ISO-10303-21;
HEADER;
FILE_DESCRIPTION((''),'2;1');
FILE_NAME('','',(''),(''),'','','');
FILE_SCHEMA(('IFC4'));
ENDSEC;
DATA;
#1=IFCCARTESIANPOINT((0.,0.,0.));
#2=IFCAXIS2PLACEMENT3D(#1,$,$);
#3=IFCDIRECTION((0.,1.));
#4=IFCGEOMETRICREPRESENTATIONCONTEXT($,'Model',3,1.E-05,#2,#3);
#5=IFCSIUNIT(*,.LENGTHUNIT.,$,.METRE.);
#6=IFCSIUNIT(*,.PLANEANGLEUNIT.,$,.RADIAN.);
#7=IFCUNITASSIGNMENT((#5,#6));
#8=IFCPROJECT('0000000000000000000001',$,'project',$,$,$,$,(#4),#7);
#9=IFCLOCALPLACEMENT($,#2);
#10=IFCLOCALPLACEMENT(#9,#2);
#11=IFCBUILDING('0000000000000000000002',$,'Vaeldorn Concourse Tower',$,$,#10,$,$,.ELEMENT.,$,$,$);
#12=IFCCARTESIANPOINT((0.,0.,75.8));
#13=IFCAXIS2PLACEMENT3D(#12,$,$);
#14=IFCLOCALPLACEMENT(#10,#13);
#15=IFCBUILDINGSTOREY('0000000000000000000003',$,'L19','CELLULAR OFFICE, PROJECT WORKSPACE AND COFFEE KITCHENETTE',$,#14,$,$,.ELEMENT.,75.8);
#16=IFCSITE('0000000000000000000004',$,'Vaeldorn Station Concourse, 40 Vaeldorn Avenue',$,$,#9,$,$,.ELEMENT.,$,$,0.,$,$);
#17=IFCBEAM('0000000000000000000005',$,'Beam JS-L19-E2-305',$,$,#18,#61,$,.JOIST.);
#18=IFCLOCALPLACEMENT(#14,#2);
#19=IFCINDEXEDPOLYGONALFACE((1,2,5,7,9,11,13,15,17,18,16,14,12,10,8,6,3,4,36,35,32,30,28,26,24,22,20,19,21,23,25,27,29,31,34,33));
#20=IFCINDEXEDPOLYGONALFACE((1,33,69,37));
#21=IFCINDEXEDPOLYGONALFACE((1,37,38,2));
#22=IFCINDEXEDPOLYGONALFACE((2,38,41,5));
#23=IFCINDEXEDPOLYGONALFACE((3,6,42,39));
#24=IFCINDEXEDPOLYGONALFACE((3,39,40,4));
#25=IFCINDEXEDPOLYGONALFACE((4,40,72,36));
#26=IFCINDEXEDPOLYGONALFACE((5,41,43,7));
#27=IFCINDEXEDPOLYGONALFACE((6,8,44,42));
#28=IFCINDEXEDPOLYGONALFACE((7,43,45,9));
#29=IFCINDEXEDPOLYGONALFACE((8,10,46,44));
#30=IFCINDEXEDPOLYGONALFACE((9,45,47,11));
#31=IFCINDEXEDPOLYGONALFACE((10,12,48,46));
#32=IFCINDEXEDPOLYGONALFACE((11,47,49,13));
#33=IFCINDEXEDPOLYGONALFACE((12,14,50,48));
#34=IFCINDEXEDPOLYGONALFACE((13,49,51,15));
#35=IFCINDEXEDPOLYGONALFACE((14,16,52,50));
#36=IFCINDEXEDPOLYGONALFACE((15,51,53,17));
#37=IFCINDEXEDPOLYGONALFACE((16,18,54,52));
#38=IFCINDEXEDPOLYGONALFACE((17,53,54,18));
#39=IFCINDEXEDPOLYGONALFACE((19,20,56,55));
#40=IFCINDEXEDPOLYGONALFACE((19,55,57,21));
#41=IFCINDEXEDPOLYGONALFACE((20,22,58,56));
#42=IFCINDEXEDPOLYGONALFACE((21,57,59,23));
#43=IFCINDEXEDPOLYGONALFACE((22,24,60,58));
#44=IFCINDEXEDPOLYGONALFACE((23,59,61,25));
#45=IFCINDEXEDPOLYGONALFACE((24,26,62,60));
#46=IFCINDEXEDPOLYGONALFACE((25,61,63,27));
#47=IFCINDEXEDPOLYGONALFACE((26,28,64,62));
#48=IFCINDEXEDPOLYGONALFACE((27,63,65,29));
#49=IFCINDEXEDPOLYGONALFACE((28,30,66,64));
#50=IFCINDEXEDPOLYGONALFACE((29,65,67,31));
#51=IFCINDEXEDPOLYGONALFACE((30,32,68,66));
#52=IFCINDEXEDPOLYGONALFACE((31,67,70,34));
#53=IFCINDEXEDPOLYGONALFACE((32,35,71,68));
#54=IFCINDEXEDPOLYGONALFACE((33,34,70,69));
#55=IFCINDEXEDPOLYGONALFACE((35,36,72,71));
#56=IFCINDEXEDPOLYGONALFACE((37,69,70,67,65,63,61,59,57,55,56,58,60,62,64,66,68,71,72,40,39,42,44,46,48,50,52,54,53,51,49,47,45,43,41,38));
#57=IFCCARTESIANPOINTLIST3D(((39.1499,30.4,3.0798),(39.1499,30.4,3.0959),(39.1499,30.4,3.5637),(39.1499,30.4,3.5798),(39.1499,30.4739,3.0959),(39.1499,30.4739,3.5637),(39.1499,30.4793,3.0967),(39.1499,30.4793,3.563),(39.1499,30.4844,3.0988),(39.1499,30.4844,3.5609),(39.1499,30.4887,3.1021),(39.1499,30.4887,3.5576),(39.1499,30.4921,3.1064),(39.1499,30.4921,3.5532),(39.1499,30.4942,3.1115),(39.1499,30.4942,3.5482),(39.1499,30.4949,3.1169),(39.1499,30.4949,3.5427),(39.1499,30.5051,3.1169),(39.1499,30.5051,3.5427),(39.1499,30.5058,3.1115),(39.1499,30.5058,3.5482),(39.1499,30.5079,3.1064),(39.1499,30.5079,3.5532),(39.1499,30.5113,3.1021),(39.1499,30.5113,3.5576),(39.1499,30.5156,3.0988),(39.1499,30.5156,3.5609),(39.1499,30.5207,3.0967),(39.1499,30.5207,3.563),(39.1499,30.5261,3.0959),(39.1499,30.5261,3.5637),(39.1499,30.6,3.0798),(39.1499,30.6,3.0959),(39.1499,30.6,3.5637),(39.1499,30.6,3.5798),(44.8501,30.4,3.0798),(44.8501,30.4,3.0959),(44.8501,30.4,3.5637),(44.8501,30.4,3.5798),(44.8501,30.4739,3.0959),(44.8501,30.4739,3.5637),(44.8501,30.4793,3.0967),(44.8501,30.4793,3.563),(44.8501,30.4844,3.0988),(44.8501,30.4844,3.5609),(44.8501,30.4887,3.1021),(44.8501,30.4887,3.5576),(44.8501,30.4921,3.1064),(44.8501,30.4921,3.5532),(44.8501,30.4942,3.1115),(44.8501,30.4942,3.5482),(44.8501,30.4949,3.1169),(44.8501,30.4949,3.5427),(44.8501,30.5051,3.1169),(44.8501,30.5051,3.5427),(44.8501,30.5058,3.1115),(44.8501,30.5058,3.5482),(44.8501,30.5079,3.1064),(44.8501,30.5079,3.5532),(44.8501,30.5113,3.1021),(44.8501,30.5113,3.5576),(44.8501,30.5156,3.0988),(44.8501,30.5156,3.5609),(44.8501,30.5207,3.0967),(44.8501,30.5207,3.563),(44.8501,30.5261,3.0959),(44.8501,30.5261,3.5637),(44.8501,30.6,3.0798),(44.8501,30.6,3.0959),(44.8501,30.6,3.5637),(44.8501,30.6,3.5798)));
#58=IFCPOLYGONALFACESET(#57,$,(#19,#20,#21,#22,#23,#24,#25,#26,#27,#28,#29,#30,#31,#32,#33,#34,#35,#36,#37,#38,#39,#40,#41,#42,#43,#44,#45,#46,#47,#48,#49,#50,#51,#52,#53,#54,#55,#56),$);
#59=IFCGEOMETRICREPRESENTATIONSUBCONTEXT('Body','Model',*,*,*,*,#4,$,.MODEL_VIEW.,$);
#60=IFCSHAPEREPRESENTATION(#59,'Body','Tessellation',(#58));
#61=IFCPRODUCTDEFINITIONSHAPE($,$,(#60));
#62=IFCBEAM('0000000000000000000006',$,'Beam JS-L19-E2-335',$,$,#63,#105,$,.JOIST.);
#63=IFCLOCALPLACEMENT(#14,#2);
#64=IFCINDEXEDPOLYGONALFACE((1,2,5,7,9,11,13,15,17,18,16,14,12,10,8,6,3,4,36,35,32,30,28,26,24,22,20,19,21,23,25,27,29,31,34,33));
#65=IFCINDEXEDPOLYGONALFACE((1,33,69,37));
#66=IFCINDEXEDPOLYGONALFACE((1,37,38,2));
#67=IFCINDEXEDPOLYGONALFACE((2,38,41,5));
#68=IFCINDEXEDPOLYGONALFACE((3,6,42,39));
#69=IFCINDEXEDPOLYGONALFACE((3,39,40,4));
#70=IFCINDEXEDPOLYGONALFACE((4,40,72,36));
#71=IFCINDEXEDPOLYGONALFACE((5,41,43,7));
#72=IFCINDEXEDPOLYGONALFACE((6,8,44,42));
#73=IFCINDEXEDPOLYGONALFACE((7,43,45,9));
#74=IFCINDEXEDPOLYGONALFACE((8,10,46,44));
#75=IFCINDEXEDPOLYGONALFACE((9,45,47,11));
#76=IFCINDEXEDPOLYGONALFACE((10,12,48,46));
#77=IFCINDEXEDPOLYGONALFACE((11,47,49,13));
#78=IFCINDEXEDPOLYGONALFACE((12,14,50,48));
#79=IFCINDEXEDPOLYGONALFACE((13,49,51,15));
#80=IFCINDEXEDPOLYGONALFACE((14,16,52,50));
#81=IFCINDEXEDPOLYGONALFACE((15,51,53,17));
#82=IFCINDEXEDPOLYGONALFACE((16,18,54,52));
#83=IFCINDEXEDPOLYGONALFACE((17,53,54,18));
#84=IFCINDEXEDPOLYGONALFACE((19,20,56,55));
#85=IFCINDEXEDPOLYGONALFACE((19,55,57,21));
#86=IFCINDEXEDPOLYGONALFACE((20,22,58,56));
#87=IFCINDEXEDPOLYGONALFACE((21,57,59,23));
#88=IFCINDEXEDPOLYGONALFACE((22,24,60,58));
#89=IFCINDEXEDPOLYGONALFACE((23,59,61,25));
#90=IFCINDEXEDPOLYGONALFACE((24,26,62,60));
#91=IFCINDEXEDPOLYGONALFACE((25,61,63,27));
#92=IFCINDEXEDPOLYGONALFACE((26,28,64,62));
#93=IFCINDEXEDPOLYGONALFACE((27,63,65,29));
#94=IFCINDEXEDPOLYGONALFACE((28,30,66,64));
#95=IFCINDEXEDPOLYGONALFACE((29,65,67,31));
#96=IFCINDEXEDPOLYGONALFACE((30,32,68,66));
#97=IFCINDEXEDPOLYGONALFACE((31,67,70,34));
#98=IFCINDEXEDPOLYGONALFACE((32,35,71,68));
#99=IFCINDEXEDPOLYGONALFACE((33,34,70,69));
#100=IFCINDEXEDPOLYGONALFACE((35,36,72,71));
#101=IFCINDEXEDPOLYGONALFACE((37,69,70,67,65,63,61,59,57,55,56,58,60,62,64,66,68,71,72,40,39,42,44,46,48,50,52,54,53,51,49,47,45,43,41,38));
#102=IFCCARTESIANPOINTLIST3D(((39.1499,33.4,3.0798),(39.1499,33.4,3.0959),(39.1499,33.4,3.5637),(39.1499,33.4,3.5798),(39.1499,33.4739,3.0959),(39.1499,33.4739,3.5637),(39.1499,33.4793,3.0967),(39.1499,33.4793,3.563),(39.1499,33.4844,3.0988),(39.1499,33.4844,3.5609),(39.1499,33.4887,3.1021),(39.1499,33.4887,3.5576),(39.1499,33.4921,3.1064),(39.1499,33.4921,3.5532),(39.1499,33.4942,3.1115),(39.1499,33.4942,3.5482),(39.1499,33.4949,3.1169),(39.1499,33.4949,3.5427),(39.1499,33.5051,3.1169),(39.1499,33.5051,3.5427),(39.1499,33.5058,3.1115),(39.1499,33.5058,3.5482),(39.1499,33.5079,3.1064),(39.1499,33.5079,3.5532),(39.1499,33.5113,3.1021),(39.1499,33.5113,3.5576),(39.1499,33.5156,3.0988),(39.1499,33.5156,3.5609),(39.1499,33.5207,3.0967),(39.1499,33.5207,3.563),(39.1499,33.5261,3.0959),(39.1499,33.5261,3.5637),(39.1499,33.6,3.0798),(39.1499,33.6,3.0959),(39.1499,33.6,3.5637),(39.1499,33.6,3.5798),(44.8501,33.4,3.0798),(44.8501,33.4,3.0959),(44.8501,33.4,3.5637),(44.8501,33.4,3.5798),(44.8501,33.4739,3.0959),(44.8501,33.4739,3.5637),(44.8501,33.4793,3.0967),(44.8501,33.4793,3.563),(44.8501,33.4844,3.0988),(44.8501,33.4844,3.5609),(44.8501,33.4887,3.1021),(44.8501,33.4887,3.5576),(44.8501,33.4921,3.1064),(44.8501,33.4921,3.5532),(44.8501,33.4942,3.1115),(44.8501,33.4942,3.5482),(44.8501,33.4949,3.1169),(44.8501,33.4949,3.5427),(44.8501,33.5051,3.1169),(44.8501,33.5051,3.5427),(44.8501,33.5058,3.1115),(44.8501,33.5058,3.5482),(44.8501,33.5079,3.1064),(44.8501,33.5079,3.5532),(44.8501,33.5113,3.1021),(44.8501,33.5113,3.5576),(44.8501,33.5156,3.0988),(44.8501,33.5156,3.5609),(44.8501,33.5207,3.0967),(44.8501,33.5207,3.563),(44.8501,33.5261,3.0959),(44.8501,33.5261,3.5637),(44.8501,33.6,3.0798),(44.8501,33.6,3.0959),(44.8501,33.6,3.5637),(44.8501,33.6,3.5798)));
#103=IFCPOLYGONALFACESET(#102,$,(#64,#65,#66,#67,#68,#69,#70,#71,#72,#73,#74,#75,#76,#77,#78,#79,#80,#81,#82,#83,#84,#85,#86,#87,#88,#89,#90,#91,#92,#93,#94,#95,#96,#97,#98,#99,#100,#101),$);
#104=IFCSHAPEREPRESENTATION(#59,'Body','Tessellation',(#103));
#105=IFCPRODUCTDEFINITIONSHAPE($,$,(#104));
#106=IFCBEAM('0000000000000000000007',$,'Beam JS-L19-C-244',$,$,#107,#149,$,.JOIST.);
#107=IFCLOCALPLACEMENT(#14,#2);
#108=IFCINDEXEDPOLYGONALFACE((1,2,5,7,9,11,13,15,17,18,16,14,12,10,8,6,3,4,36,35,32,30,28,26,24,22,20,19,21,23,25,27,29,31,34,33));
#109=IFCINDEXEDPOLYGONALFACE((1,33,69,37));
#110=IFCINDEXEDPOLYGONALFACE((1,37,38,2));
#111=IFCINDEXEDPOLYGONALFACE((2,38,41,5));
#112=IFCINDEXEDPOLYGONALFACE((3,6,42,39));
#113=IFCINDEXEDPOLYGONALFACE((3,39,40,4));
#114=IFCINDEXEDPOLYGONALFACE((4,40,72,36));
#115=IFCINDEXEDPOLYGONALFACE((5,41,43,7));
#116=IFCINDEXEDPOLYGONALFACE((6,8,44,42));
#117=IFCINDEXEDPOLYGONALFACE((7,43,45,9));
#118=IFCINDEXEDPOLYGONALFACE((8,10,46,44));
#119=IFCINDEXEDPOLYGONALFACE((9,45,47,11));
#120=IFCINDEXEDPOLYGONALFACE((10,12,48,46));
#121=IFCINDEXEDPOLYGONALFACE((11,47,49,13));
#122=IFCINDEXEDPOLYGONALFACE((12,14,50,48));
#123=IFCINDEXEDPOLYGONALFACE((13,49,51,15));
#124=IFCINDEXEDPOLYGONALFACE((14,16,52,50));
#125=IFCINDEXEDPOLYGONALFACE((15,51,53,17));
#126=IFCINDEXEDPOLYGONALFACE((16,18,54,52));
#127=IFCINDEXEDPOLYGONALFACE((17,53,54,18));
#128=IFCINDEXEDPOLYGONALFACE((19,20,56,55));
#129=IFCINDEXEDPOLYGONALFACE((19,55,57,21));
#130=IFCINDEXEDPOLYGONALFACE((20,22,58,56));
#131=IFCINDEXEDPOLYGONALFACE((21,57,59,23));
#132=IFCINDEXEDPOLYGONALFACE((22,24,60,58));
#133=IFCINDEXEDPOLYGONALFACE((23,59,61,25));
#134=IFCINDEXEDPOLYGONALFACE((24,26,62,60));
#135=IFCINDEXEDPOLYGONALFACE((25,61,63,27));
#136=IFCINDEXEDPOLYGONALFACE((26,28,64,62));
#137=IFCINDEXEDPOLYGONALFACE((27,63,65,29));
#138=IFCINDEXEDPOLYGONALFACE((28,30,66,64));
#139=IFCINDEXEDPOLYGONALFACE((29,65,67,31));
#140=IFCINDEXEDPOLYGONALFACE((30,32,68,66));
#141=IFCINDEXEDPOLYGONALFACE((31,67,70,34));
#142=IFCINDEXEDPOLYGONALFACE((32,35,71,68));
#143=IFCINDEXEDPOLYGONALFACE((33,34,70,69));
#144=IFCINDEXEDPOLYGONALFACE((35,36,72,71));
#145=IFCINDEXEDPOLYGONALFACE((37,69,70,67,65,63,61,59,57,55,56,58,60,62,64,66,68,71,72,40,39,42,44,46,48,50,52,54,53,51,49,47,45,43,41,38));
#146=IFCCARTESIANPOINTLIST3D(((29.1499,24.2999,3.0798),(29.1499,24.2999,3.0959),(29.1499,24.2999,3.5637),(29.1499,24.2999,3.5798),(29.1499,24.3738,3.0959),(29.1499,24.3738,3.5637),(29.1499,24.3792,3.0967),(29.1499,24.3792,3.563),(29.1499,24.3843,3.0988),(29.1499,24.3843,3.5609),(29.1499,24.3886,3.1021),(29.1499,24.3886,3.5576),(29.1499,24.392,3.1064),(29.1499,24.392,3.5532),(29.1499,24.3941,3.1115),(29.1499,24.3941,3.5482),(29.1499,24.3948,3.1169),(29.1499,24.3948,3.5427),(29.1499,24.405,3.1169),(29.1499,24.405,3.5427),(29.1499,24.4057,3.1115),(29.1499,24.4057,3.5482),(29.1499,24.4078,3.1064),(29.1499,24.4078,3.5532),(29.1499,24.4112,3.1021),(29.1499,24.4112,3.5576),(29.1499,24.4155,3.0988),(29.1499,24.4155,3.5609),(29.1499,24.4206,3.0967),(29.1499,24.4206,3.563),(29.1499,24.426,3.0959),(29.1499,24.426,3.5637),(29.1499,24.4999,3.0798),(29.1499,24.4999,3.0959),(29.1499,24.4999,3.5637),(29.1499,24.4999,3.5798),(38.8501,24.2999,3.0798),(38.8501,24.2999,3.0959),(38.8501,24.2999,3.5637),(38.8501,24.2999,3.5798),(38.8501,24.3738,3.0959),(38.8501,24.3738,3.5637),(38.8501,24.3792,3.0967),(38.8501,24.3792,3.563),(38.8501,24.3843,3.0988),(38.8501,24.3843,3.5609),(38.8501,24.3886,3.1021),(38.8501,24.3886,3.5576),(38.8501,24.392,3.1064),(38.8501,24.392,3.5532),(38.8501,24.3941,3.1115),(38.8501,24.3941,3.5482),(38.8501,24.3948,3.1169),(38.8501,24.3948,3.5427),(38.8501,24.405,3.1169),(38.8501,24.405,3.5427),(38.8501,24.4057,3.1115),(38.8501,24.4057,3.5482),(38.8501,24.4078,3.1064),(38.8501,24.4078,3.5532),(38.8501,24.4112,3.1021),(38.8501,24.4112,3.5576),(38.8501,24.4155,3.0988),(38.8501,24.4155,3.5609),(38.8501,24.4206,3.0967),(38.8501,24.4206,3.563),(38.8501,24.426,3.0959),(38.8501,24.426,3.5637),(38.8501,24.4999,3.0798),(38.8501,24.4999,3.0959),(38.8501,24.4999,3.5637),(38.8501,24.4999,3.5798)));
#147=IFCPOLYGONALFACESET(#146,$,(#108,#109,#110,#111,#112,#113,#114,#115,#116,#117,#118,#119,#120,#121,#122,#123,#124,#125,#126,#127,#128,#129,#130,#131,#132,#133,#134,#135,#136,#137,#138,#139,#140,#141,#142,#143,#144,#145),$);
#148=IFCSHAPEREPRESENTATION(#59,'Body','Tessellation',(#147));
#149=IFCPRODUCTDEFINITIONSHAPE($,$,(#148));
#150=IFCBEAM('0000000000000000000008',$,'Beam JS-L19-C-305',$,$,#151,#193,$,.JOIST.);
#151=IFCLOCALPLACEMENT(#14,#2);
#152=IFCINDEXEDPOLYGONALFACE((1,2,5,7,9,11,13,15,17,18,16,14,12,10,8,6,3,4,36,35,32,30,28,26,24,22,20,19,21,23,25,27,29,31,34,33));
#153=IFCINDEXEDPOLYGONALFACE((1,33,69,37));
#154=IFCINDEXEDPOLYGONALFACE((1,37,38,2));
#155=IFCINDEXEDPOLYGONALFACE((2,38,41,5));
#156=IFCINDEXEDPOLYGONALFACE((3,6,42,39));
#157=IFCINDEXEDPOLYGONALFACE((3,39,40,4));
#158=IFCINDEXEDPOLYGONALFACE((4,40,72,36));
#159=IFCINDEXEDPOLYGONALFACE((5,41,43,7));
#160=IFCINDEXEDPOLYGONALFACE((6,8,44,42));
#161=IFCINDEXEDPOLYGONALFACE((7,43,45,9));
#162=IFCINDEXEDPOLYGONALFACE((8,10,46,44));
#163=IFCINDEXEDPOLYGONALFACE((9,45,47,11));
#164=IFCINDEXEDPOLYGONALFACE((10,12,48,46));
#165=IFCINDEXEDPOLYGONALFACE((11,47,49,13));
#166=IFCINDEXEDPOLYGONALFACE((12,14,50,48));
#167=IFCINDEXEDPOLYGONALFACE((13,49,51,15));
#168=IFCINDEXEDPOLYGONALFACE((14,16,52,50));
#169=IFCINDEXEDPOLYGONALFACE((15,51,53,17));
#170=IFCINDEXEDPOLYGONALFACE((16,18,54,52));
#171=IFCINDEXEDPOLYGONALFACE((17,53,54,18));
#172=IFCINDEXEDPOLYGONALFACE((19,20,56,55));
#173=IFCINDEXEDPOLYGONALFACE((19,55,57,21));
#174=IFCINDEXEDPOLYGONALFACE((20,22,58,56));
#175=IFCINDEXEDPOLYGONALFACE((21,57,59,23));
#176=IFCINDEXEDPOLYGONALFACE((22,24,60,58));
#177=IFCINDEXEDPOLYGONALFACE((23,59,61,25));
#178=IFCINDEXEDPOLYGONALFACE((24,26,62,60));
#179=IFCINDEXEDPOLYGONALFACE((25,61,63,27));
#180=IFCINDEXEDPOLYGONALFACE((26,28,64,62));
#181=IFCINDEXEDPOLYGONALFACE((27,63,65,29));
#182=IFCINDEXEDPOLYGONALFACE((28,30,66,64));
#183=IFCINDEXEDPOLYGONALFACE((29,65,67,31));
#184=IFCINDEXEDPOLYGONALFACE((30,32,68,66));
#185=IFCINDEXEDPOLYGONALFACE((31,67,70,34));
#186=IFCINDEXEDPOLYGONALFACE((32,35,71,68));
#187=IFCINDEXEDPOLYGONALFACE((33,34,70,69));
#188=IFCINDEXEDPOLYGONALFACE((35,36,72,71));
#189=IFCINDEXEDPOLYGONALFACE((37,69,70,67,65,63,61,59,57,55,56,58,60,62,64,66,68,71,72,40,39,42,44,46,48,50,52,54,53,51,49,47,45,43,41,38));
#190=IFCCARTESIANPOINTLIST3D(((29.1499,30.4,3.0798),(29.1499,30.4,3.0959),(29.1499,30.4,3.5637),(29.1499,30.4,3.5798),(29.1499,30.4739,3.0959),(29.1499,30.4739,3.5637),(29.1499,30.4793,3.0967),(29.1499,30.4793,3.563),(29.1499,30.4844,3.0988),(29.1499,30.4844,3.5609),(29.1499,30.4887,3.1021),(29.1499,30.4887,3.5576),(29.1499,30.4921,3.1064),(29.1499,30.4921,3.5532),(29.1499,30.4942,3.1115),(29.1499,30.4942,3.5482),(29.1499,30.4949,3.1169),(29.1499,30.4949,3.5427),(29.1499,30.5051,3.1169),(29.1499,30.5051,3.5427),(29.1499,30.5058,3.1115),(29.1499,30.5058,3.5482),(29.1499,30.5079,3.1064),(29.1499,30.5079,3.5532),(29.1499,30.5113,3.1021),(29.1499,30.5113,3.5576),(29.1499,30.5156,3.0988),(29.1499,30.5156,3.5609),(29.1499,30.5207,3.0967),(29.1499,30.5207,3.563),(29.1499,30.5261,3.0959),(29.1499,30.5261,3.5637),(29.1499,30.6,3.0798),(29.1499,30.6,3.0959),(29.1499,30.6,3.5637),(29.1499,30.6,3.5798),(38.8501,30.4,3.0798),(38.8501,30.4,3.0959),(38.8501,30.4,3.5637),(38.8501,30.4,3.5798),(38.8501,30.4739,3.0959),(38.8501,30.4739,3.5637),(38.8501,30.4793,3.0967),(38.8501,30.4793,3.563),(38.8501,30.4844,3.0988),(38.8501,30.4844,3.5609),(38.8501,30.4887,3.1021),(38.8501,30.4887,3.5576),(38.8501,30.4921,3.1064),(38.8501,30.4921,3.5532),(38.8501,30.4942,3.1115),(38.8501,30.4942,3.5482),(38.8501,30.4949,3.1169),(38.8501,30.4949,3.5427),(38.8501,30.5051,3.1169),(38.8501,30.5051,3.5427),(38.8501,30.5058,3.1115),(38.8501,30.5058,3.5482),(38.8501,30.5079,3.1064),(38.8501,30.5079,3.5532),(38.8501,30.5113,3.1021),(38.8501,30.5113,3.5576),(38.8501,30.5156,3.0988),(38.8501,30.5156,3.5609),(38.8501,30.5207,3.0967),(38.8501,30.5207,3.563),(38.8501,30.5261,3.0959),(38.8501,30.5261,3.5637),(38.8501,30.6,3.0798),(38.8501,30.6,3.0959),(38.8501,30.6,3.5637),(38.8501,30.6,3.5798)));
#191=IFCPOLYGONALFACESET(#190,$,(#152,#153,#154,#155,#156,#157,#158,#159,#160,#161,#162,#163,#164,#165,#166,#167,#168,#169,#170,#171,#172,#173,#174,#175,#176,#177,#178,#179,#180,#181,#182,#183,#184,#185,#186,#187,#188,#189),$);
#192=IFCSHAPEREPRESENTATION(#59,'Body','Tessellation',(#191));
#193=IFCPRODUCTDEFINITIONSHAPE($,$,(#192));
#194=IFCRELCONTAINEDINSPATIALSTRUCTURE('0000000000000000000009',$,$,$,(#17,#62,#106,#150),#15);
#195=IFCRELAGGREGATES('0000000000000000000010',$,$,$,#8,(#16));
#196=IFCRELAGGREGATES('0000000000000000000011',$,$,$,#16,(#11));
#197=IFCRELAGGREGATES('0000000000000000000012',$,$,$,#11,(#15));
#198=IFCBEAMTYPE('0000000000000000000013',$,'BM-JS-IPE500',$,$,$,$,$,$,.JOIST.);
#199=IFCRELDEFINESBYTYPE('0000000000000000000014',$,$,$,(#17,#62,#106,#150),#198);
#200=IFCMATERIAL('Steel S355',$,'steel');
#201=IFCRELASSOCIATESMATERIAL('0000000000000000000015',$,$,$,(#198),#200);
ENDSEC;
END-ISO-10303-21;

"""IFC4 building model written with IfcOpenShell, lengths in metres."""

from ifc_helpers import new_model, si_unit, direction, frame, origin, origin_2d, place, context, subcontext, project, spatial, i_section, extrude, source, transform, mapped, material, material_profile, profile_set, type_object, element, save


model = new_model("IFC4")

# Units and contexts
model_context = context("Model", 3, precision=1e-05, world=origin(), true_north=direction((0.0, 1.0)))
body_context = subcontext(model_context, "Body", "Model", "MODEL_VIEW")
ifc_project = project(units=[si_unit("LENGTHUNIT", "METRE"), si_unit("PLANEANGLEUNIT", "RADIAN")], contexts=[model_context])

# Site, building, storey
site_placement = place(None, origin())
site = spatial("IfcSite", under=ifc_project, at=site_placement, Name="Vaeldorn Station Concourse, 40 Vaeldorn Avenue", CompositionType="ELEMENT", RefElevation=0.0)
building_placement = place(site_placement, origin())
building = spatial("IfcBuilding", under=site, at=building_placement, Name="Vaeldorn Concourse Tower", CompositionType="ELEMENT")
storey_placement = place(building_placement, frame((0.0, 0.0, 75.8)))
storey = spatial("IfcBuildingStorey", under=building, at=storey_placement, Name="L19", Description="CELLULAR OFFICE, PROJECT WORKSPACE AND COFFEE KITCHENETTE", CompositionType="ELEMENT", Elevation=75.8)

# Beams
ifc_material_1 = material(Name="Steel S355", Category="steel")
ifc_material_profile_1 = material_profile(ifc_material_1, i_section(OverallWidth=0.2, OverallDepth=0.5, WebThickness=0.0103, FlangeThickness=0.0161, FilletRadius=0.021, at=origin_2d()), Name="IPE 500")
ifc_profile_set_1 = profile_set([ifc_material_profile_1], Name="Steel S355")
beam_type_1 = type_object("IfcBeamType", Name="BM-JS-IPE500", PredefinedType="JOIST", material=ifc_profile_set_1)
shared_shape_1 = source(origin(), body_context, "Body", "SweptSolid", [
    extrude(i_section(OverallWidth=0.2, OverallDepth=0.5, WebThickness=0.0103, FlangeThickness=0.0161, FilletRadius=0.021, at=origin_2d()), origin(), (0.0, 0.0, 1.0), 5.7002),
])
for number, where, z_axis, x_axis, name in (
    (1, (39.1499, 30.5, 3.3298), (1.0, 0.0, 0.0), (0.0, 1.0, 0.0), "Beam JS-L19-E2-305"),
    (2, (39.1499, 33.5, 3.3298), (1.0, 0.0, 0.0), (0.0, 1.0, 0.0), "Beam JS-L19-E2-335"),
):
    element("IfcBeam", number, at=place(storey_placement, frame(where, z_axis=z_axis, x_axis=x_axis)), inside=storey, type_object=beam_type_1, Name=name, PredefinedType="JOIST", context=body_context, shape_type="MappedRepresentation", body=[
        mapped(shared_shape_1, transform((0.0, 0.0, 0.0), scale=1.0)),
    ])
shared_shape_2 = source(origin(), body_context, "Body", "SweptSolid", [
    extrude(i_section(OverallWidth=0.2, OverallDepth=0.5, WebThickness=0.0103, FlangeThickness=0.0161, FilletRadius=0.021, at=origin_2d()), origin(), (0.0, 0.0, 1.0), 9.7002),
])
for number, where, z_axis, x_axis, name in (
    (3, (29.1499, 24.3999, 3.3298), (1.0, 0.0, 0.0), (0.0, 1.0, 0.0), "Beam JS-L19-C-244"),
    (4, (29.1499, 30.5, 3.3298), (1.0, 0.0, 0.0), (0.0, 1.0, 0.0), "Beam JS-L19-C-305"),
):
    element("IfcBeam", number, at=place(storey_placement, frame(where, z_axis=z_axis, x_axis=x_axis)), inside=storey, type_object=beam_type_1, Name=name, PredefinedType="JOIST", context=body_context, shape_type="MappedRepresentation", body=[
        mapped(shared_shape_2, transform((0.0, 0.0, 0.0), scale=1.0)),
    ])

save(model, "model.ifc")
